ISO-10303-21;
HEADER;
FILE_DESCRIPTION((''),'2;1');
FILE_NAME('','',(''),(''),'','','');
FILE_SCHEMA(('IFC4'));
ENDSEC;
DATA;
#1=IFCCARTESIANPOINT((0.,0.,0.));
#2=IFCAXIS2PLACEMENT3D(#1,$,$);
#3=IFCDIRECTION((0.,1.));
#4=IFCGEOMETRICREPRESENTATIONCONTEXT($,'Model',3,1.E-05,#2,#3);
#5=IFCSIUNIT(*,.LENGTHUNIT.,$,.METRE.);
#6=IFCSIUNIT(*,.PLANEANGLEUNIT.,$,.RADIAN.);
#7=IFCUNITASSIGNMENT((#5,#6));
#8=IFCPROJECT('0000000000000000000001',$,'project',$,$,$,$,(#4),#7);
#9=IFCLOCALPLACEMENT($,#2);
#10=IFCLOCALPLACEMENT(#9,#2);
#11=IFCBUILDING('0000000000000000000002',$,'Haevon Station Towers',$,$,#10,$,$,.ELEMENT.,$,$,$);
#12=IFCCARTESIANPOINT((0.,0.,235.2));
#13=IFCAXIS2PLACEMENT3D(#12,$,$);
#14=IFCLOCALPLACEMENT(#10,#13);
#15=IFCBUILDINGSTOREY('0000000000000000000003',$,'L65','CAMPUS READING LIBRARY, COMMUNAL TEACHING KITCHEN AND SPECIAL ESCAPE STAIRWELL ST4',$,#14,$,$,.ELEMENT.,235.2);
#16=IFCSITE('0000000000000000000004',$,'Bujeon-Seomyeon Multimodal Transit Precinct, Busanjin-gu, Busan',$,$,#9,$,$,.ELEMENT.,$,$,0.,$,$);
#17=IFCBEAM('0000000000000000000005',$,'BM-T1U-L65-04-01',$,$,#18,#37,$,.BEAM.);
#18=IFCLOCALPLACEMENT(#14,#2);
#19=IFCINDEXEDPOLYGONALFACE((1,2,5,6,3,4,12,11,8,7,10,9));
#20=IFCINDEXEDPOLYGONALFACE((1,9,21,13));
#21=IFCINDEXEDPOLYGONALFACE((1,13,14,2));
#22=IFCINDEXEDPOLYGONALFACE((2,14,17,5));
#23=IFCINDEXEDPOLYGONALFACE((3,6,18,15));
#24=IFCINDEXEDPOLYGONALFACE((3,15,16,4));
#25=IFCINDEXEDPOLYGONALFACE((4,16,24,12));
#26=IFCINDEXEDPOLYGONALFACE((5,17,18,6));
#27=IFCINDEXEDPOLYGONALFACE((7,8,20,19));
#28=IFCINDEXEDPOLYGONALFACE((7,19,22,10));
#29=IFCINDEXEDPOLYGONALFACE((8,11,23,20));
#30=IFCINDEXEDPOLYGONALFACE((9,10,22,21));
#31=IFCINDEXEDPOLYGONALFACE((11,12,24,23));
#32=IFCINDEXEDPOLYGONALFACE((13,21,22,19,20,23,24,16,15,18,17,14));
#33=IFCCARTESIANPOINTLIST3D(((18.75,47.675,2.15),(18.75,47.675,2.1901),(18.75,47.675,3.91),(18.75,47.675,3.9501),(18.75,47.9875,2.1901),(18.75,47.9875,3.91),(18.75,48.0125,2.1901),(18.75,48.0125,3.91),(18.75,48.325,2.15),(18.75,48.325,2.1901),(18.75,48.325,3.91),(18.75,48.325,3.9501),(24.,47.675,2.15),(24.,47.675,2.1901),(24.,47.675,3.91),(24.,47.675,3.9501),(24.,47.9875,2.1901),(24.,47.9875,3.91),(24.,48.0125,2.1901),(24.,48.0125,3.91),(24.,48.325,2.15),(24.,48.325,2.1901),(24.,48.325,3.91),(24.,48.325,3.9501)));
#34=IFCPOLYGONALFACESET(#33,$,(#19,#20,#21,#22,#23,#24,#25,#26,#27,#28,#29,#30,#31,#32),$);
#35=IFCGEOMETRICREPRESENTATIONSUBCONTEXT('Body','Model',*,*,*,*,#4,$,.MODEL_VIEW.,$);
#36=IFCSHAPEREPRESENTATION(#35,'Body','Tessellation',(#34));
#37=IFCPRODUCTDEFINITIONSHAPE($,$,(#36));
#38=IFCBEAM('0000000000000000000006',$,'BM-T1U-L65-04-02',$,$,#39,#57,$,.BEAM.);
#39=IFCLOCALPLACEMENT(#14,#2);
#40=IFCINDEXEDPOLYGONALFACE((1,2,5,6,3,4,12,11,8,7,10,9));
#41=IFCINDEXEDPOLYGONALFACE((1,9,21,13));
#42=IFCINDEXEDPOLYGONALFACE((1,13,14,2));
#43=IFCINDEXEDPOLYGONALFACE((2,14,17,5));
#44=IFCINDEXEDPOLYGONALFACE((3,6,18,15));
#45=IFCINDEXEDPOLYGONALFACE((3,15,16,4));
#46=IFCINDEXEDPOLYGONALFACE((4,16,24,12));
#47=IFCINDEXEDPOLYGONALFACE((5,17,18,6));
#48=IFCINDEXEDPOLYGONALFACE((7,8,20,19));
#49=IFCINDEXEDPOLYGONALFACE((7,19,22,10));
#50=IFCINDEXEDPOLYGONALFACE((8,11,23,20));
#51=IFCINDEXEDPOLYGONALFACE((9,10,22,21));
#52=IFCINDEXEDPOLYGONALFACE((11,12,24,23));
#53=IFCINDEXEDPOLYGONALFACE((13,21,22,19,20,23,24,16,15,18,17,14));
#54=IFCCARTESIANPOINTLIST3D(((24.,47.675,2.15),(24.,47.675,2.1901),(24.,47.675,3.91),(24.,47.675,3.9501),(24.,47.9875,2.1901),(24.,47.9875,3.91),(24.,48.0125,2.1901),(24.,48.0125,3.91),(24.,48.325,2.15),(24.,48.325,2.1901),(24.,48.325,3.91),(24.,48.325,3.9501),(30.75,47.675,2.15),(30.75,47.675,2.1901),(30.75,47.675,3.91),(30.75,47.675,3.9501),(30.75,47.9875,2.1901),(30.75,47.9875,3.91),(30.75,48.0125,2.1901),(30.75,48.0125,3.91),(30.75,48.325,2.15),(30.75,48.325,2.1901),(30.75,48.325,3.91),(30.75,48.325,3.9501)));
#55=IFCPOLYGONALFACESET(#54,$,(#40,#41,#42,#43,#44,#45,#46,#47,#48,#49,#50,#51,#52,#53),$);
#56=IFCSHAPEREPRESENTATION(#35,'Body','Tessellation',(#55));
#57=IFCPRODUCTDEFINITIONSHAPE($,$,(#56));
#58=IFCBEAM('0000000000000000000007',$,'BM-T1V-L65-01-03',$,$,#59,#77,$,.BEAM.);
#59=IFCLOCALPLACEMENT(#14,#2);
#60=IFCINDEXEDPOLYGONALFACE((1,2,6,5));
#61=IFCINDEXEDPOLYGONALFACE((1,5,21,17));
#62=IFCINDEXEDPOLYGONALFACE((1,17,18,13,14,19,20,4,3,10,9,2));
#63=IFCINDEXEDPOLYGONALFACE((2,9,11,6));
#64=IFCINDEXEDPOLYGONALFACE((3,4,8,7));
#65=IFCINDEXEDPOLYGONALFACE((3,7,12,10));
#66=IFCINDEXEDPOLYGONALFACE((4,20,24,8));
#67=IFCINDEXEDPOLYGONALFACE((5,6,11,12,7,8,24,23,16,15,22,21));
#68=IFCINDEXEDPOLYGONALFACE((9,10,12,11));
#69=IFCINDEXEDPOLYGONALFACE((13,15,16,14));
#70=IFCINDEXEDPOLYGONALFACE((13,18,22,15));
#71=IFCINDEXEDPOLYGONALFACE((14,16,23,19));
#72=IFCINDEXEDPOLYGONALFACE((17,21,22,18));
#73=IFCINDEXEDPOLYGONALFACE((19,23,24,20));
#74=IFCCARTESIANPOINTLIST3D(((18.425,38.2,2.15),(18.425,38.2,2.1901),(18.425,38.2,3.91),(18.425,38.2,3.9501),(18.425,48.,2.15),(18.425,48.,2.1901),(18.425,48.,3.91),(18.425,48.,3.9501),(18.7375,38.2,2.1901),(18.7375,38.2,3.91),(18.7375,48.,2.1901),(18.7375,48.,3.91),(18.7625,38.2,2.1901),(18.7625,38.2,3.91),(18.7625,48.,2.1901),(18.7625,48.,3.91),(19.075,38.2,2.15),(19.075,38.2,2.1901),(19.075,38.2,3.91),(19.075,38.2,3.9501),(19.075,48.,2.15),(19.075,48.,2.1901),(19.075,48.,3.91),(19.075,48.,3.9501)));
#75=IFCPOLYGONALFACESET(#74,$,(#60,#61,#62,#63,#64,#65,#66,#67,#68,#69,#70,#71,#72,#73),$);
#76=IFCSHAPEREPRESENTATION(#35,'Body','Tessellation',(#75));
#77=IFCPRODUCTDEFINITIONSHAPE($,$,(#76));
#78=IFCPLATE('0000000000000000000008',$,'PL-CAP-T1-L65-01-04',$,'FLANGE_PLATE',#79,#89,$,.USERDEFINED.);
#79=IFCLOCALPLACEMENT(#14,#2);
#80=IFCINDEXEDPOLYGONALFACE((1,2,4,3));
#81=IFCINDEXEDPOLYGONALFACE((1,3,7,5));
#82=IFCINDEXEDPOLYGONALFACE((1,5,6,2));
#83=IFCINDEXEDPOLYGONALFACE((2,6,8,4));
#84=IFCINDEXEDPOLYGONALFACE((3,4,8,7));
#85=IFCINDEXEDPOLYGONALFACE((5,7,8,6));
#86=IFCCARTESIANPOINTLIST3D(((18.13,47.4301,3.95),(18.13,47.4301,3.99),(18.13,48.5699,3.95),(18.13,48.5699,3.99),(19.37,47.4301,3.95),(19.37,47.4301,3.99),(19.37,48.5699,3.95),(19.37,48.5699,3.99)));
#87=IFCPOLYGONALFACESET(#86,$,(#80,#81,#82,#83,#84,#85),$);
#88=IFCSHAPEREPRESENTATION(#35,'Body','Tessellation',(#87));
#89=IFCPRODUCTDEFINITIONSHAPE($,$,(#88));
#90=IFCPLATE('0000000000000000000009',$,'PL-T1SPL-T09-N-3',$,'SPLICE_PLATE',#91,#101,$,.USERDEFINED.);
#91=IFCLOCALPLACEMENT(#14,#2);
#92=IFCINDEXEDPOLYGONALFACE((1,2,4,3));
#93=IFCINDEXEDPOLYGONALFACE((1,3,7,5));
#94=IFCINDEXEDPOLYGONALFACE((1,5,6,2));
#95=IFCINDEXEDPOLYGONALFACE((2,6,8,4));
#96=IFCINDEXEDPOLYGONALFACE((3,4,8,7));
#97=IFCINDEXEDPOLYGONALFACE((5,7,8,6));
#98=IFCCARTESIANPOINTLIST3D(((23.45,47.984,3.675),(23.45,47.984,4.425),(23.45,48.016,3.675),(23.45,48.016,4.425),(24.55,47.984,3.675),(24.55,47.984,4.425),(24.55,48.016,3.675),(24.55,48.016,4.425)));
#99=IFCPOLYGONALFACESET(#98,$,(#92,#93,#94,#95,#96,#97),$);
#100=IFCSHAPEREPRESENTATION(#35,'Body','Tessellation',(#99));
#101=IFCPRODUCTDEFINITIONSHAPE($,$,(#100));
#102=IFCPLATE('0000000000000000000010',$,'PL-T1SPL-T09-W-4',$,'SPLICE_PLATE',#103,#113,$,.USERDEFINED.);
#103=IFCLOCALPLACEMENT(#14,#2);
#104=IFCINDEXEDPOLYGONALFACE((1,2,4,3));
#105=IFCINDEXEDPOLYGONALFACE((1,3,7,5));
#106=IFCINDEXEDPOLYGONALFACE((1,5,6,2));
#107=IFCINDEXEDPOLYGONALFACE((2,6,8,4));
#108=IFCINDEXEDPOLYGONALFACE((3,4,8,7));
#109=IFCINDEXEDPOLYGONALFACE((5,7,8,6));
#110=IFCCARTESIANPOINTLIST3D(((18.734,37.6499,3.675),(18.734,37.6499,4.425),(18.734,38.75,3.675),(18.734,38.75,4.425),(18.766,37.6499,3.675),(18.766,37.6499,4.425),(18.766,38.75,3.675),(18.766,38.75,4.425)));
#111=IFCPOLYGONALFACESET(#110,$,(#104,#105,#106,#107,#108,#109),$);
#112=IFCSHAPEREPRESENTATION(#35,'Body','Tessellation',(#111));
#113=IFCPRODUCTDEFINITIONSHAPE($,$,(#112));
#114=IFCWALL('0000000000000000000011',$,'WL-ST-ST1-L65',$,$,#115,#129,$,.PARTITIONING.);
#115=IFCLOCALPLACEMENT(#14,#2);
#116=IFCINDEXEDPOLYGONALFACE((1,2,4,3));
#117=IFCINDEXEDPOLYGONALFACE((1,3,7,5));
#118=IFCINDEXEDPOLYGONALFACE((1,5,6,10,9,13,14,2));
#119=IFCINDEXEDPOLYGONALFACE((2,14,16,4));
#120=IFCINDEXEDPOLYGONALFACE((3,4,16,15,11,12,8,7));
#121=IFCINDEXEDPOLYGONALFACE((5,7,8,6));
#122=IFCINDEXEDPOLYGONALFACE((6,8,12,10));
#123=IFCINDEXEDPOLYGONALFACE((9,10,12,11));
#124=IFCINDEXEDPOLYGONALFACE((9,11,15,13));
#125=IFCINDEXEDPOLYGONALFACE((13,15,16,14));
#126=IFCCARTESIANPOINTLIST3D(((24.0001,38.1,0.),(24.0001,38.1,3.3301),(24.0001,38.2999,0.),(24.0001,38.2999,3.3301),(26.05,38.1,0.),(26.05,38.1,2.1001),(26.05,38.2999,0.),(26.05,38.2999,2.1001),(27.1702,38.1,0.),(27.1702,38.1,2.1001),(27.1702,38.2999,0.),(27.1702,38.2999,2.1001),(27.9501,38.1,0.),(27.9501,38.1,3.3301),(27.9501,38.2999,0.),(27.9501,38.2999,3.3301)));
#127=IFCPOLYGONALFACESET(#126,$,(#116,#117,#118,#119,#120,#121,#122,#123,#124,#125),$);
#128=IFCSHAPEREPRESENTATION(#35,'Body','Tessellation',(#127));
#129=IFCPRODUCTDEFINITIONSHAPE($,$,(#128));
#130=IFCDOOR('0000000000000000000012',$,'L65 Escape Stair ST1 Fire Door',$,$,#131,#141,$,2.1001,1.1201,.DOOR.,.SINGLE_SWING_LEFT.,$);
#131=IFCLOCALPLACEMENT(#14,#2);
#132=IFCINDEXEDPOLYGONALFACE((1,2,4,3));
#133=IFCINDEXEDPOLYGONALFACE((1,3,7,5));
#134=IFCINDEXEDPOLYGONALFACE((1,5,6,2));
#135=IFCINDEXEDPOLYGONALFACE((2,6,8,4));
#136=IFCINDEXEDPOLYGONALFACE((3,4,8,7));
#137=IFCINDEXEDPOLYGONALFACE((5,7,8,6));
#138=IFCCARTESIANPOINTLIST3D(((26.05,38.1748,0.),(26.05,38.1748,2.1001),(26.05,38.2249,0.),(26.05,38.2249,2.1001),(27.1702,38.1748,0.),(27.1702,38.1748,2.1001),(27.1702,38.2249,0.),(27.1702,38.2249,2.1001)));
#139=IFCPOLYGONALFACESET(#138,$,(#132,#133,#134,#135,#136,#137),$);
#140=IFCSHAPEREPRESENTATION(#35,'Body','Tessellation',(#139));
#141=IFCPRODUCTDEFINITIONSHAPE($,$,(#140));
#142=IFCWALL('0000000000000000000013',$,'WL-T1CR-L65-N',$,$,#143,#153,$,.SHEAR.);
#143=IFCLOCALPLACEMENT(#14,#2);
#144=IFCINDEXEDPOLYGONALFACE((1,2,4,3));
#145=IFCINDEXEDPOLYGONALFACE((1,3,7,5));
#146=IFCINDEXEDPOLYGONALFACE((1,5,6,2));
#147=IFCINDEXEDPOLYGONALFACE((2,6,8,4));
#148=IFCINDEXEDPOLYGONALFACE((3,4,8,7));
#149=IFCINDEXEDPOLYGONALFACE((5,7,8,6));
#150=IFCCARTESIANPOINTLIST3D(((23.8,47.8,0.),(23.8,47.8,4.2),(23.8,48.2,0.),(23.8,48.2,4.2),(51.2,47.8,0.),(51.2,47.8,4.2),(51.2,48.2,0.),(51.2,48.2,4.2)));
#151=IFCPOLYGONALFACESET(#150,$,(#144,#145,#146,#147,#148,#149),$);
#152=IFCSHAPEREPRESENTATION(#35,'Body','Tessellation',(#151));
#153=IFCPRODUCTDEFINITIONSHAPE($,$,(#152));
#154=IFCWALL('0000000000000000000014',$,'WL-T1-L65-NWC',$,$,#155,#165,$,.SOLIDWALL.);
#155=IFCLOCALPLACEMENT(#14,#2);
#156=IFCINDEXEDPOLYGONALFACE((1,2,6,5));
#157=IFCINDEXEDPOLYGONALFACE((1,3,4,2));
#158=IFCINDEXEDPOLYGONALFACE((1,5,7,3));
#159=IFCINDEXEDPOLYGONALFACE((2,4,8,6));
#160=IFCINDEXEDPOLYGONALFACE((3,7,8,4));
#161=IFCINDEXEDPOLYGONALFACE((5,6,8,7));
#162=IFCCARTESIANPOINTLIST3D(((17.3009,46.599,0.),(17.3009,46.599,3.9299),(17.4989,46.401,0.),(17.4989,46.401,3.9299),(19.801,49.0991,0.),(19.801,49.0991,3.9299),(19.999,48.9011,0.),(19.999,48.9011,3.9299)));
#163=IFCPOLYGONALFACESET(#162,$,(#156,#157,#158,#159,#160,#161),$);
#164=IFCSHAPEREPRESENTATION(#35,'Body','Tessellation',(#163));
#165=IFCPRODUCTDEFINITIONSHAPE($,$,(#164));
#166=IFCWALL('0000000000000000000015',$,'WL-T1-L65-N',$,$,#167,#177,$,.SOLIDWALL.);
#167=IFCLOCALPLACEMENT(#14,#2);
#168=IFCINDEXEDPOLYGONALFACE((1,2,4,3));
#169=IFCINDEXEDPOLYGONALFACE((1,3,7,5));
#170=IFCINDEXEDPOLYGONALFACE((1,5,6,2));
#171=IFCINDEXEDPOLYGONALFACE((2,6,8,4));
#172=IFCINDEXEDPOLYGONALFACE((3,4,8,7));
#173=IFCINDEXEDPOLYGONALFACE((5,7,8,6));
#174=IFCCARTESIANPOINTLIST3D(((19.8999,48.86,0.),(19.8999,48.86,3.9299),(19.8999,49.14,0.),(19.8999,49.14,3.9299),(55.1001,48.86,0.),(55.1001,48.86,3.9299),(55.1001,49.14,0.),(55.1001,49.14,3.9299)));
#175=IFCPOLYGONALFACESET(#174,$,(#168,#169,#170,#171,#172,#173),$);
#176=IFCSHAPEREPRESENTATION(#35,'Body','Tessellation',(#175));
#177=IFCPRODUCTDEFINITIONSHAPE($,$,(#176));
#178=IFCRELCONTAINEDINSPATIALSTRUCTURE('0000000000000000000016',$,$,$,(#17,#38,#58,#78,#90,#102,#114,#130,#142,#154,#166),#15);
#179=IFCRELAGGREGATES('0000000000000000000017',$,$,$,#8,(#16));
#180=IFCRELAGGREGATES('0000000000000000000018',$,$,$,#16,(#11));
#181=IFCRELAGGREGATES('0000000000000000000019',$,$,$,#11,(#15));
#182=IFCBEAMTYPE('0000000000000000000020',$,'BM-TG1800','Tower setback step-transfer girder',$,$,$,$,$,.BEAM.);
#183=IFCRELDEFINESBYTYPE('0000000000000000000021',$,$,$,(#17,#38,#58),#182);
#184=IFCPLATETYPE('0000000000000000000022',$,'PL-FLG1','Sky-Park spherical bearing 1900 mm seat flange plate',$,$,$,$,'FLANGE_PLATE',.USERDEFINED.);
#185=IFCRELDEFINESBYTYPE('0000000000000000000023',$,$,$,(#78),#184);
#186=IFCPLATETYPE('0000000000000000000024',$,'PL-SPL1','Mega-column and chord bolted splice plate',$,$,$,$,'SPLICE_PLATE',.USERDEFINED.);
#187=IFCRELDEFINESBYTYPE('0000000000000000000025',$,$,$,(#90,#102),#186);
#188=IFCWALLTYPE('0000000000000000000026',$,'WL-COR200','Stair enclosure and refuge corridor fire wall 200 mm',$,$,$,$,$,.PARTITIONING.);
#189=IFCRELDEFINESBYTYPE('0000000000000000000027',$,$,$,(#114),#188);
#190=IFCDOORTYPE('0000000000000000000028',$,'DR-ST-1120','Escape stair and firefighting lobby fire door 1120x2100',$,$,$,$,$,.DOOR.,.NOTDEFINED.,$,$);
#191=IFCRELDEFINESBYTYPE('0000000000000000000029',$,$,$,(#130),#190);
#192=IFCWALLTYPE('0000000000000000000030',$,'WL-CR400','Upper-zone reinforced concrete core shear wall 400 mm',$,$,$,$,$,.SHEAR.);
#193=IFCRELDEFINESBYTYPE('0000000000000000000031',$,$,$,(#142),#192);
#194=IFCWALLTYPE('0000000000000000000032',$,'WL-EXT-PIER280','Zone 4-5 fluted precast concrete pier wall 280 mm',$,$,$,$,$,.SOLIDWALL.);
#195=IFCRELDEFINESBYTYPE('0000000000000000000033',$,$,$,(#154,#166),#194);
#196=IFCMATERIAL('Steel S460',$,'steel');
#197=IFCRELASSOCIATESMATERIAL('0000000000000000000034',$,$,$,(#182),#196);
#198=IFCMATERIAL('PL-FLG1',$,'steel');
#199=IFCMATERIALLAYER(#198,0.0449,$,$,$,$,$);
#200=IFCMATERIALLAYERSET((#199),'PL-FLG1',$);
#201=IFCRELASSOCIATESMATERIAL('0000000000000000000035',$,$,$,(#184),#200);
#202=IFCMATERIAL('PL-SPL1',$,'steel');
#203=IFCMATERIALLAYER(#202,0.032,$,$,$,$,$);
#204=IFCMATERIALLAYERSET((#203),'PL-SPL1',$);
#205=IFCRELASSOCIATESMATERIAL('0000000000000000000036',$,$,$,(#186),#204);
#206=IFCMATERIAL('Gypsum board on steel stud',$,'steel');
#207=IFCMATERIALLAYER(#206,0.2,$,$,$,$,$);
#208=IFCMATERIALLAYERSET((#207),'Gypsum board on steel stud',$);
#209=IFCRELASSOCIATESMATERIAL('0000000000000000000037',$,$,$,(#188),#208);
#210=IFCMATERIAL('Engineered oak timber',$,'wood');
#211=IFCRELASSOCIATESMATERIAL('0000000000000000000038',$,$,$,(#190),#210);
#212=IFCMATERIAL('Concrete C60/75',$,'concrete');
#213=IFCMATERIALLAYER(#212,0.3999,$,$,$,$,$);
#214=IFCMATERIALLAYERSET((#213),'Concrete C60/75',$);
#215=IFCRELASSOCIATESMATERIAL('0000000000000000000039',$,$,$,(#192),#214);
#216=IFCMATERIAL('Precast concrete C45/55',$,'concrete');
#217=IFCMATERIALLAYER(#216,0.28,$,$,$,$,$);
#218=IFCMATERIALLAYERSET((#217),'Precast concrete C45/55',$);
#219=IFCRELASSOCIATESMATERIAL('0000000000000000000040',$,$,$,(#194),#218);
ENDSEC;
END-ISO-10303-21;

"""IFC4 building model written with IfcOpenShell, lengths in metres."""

from ifc_helpers import new_model, si_unit, direction, frame, frame_2d, origin, origin_2d, place, context, subcontext, project, spatial, rectangle, i_section, extrude, material, layer, layer_set, material_profile, profile_set, type_object, element, fill, save


model = new_model("IFC4")

# Units and contexts
model_context = context("Model", 3, precision=1e-05, world=origin(), true_north=direction((0.0, 1.0)))
body_context = subcontext(model_context, "Body", "Model", "MODEL_VIEW")
ifc_project = project(units=[si_unit("LENGTHUNIT", "METRE"), si_unit("PLANEANGLEUNIT", "RADIAN")], contexts=[model_context])

# Site, building, storey
site_placement = place(None, origin())
site = spatial("IfcSite", under=ifc_project, at=site_placement, Name="Bujeon-Seomyeon Multimodal Transit Precinct, Busanjin-gu, Busan", CompositionType="ELEMENT", RefElevation=0.0)
building_placement = place(site_placement, origin())
building = spatial("IfcBuilding", under=site, at=building_placement, Name="Haevon Station Towers", CompositionType="ELEMENT")
storey_placement = place(building_placement, frame((0.0, 0.0, 235.2)))
storey = spatial("IfcBuildingStorey", under=building, at=storey_placement, Name="L65", Description="CAMPUS READING LIBRARY, COMMUNAL TEACHING KITCHEN AND SPECIAL ESCAPE STAIRWELL ST4", CompositionType="ELEMENT", Elevation=235.2)

# Shared definitions
ifc_material_1 = material(Name="Steel S460", Category="steel")

# Beams
ifc_material_profile_1 = material_profile(ifc_material_1, i_section(OverallWidth=0.6499, OverallDepth=1.8, WebThickness=0.0249, FlangeThickness=0.04, at=origin_2d()), Name="H-1800x650x25x40")
ifc_profile_set_1 = profile_set([ifc_material_profile_1], Name="Steel S460")
beam_type_1 = type_object("IfcBeamType", Name="BM-TG1800", Description="Tower setback step-transfer girder", PredefinedType="BEAM", material=ifc_profile_set_1)
beam_1_placement = place(storey_placement, frame((18.75, 48.0, 3.05), z_axis=(1.0, 0.0, 0.0), x_axis=(0.0, 1.0, 0.0)))
element("IfcBeam", 1, at=beam_1_placement, inside=storey, type_object=beam_type_1, Name="BM-T1U-L65-04-01", PredefinedType="BEAM", context=body_context, shape_type="SweptSolid", body=[
    extrude(i_section(OverallWidth=0.6499, OverallDepth=1.8, WebThickness=0.0249, FlangeThickness=0.04, at=origin_2d()), origin(), (0.0, 0.0, 1.0), 5.25),
])
beam_2_placement = place(storey_placement, frame((24.0, 48.0, 3.05), z_axis=(1.0, 0.0, 0.0), x_axis=(0.0, 1.0, 0.0)))
element("IfcBeam", 2, at=beam_2_placement, inside=storey, type_object=beam_type_1, Name="BM-T1U-L65-04-02", PredefinedType="BEAM", context=body_context, shape_type="SweptSolid", body=[
    extrude(i_section(OverallWidth=0.6499, OverallDepth=1.8, WebThickness=0.0249, FlangeThickness=0.04, at=origin_2d()), origin(), (0.0, 0.0, 1.0), 6.75),
])
beam_3_placement = place(storey_placement, frame((18.75, 38.2, 3.05), z_axis=(0.0, 1.0, 0.0), x_axis=(-1.0, 0.0, 0.0)))
element("IfcBeam", 3, at=beam_3_placement, inside=storey, type_object=beam_type_1, Name="BM-T1V-L65-01-03", PredefinedType="BEAM", context=body_context, shape_type="SweptSolid", body=[
    extrude(i_section(OverallWidth=0.6499, OverallDepth=1.8, WebThickness=0.0249, FlangeThickness=0.04, at=origin_2d()), origin(), (0.0, 0.0, 1.0), 9.8),
])

# Plates
ifc_material_2 = material(Name="PL-FLG1", Category="steel")
ifc_layer_1 = layer(ifc_material_2, 0.0449)
ifc_layer_set_1 = layer_set([ifc_layer_1], Name="PL-FLG1")
plate_type_1 = type_object("IfcPlateType", Name="PL-FLG1", Description="Sky-Park spherical bearing 1900 mm seat flange plate", ElementType="FLANGE_PLATE", PredefinedType="USERDEFINED", material=ifc_layer_set_1)
plate_placement = place(storey_placement, frame((18.75, 48.0, 3.95), z_axis=(0.0, 0.0, 1.0), x_axis=(1.0, 0.0, 0.0)))
element("IfcPlate", 4, at=plate_placement, inside=storey, type_object=plate_type_1, Name="PL-CAP-T1-L65-01-04", ObjectType="FLANGE_PLATE", PredefinedType="USERDEFINED", context=body_context, shape_type="SweptSolid", body=[
    extrude(rectangle(XDim=1.24, YDim=1.1399, at=origin_2d()), origin(), (0.0, 0.0, 1.0), 0.04),
])
ifc_material_3 = material(Name="PL-SPL1", Category="steel")
ifc_layer_2 = layer(ifc_material_3, 0.032)
ifc_layer_set_2 = layer_set([ifc_layer_2], Name="PL-SPL1")
plate_type_2 = type_object("IfcPlateType", Name="PL-SPL1", Description="Mega-column and chord bolted splice plate", ElementType="SPLICE_PLATE", PredefinedType="USERDEFINED", material=ifc_layer_set_2)
for number, where, z_axis, x_axis, name in (
    (5, (24.0, 48.0, 3.675), (0.0, 0.0, 1.0), (1.0, 0.0, 0.0), "PL-T1SPL-T09-N-3"),
    (6, (18.75, 38.2, 3.675), (0.0, 0.0, 1.0), (0.0, 1.0, 0.0), "PL-T1SPL-T09-W-4"),
):
    element("IfcPlate", number, at=place(storey_placement, frame(where, z_axis=z_axis, x_axis=x_axis)), inside=storey, type_object=plate_type_2, Name=name, ObjectType="SPLICE_PLATE", PredefinedType="USERDEFINED", context=body_context, shape_type="SweptSolid", body=[
        extrude(rectangle(XDim=1.1001, YDim=0.032, at=origin_2d()), origin(), (0.0, 0.0, 1.0), 0.75),
    ])

# Wall, opening, door
ifc_material_4 = material(Name="Gypsum board on steel stud", Category="steel")
ifc_layer_3 = layer(ifc_material_4, 0.2)
ifc_layer_set_3 = layer_set([ifc_layer_3], Name="Gypsum board on steel stud")
wall_type_1 = type_object("IfcWallType", Name="WL-COR200", Description="Stair enclosure and refuge corridor fire wall 200 mm", PredefinedType="PARTITIONING", material=ifc_layer_set_3)
wall_1_placement = place(storey_placement, frame((24.0, 38.2, 0.0), z_axis=(0.0, 0.0, 1.0), x_axis=(1.0, 0.0, 0.0)))
wall_1 = element("IfcWall", 7, at=wall_1_placement, inside=storey, type_object=wall_type_1, Name="WL-ST-ST1-L65", PredefinedType="PARTITIONING", context=body_context, shape_type="SweptSolid", body=[
    extrude(rectangle(XDim=3.95, YDim=0.2, at=frame_2d((1.9751, 0.0))), origin(), (0.0, 0.0, 1.0), 3.3301),
])
opening_placement = place(wall_1_placement, frame((2.05, 0.0, 0.0)))
opening = element("IfcOpeningElement", 8, at=opening_placement, cuts=wall_1, PredefinedType="OPENING", context=body_context, shape_type="SweptSolid", body=[
    extrude(rectangle(XDim=1.1201, YDim=2.1001, at=frame_2d((0.5601, 1.05))), frame((0.0, 0.1099, 0.0), z_axis=(0.0, -1.0, 0.0), x_axis=(1.0, 0.0, 0.0)), (0.0, 0.0, 1.0), 0.22),
])
ifc_material_5 = material(Name="Engineered oak timber", Category="wood")
door_type = type_object("IfcDoorType", Name="DR-ST-1120", Description="Escape stair and firefighting lobby fire door 1120x2100", OperationType="NOTDEFINED", PredefinedType="DOOR", material=ifc_material_5)
door_placement = place(opening_placement, origin())
door = element("IfcDoor", 9, at=door_placement, inside=storey, type_object=door_type, Name="L65 Escape Stair ST1 Fire Door", OperationType="SINGLE_SWING_LEFT", OverallHeight=2.1001, OverallWidth=1.1201, PredefinedType="DOOR", context=body_context, shape_type="SweptSolid", body=[
    extrude(rectangle(XDim=1.1201, YDim=2.1001, at=frame_2d((0.5601, 1.05))), frame((0.0, 0.0249, 0.0), z_axis=(0.0, -1.0, 0.0), x_axis=(1.0, 0.0, 0.0)), (0.0, 0.0, 1.0), 0.05),
])
fill(opening, door)

# Walls
ifc_material_6 = material(Name="Concrete C60/75", Category="concrete")
ifc_layer_4 = layer(ifc_material_6, 0.3999)
ifc_layer_set_4 = layer_set([ifc_layer_4], Name="Concrete C60/75")
wall_type_2 = type_object("IfcWallType", Name="WL-CR400", Description="Upper-zone reinforced concrete core shear wall 400 mm", PredefinedType="SHEAR", material=ifc_layer_set_4)
wall_2_placement = place(storey_placement, frame((23.8, 48.0, 0.0), z_axis=(0.0, 0.0, 1.0), x_axis=(1.0, 0.0, 0.0)))
element("IfcWall", 10, at=wall_2_placement, inside=storey, type_object=wall_type_2, Name="WL-T1CR-L65-N", PredefinedType="SHEAR", context=body_context, shape_type="SweptSolid", body=[
    extrude(rectangle(XDim=27.3999, YDim=0.3999, at=frame_2d((13.7, 0.0))), origin(), (0.0, 0.0, 1.0), 4.2),
])
ifc_material_7 = material(Name="Precast concrete C45/55", Category="concrete")
ifc_layer_5 = layer(ifc_material_7, 0.28)
ifc_layer_set_5 = layer_set([ifc_layer_5], Name="Precast concrete C45/55")
wall_type_3 = type_object("IfcWallType", Name="WL-EXT-PIER280", Description="Zone 4-5 fluted precast concrete pier wall 280 mm", PredefinedType="SOLIDWALL", material=ifc_layer_set_5)
wall_3_placement = place(storey_placement, frame((17.3999, 46.5, 0.0), z_axis=(0.0, 0.0, 1.0), x_axis=(0.707107, 0.707107, 0.0)))
element("IfcWall", 11, at=wall_3_placement, inside=storey, type_object=wall_type_3, Name="WL-T1-L65-NWC", PredefinedType="SOLIDWALL", context=body_context, shape_type="SweptSolid", body=[
    extrude(rectangle(XDim=3.5356, YDim=0.28, at=frame_2d((1.7678, 0.0))), origin(), (0.0, 0.0, 1.0), 3.9299),
])
wall_4_placement = place(storey_placement, frame((19.8999, 49.0, 0.0), z_axis=(0.0, 0.0, 1.0), x_axis=(1.0, 0.0, 0.0)))
element("IfcWall", 12, at=wall_4_placement, inside=storey, type_object=wall_type_3, Name="WL-T1-L65-N", PredefinedType="SOLIDWALL", context=body_context, shape_type="SweptSolid", body=[
    extrude(rectangle(XDim=35.2002, YDim=0.28, at=frame_2d((17.6001, 0.0))), origin(), (0.0, 0.0, 1.0), 3.9299),
])

save(model, "model.ifc")
